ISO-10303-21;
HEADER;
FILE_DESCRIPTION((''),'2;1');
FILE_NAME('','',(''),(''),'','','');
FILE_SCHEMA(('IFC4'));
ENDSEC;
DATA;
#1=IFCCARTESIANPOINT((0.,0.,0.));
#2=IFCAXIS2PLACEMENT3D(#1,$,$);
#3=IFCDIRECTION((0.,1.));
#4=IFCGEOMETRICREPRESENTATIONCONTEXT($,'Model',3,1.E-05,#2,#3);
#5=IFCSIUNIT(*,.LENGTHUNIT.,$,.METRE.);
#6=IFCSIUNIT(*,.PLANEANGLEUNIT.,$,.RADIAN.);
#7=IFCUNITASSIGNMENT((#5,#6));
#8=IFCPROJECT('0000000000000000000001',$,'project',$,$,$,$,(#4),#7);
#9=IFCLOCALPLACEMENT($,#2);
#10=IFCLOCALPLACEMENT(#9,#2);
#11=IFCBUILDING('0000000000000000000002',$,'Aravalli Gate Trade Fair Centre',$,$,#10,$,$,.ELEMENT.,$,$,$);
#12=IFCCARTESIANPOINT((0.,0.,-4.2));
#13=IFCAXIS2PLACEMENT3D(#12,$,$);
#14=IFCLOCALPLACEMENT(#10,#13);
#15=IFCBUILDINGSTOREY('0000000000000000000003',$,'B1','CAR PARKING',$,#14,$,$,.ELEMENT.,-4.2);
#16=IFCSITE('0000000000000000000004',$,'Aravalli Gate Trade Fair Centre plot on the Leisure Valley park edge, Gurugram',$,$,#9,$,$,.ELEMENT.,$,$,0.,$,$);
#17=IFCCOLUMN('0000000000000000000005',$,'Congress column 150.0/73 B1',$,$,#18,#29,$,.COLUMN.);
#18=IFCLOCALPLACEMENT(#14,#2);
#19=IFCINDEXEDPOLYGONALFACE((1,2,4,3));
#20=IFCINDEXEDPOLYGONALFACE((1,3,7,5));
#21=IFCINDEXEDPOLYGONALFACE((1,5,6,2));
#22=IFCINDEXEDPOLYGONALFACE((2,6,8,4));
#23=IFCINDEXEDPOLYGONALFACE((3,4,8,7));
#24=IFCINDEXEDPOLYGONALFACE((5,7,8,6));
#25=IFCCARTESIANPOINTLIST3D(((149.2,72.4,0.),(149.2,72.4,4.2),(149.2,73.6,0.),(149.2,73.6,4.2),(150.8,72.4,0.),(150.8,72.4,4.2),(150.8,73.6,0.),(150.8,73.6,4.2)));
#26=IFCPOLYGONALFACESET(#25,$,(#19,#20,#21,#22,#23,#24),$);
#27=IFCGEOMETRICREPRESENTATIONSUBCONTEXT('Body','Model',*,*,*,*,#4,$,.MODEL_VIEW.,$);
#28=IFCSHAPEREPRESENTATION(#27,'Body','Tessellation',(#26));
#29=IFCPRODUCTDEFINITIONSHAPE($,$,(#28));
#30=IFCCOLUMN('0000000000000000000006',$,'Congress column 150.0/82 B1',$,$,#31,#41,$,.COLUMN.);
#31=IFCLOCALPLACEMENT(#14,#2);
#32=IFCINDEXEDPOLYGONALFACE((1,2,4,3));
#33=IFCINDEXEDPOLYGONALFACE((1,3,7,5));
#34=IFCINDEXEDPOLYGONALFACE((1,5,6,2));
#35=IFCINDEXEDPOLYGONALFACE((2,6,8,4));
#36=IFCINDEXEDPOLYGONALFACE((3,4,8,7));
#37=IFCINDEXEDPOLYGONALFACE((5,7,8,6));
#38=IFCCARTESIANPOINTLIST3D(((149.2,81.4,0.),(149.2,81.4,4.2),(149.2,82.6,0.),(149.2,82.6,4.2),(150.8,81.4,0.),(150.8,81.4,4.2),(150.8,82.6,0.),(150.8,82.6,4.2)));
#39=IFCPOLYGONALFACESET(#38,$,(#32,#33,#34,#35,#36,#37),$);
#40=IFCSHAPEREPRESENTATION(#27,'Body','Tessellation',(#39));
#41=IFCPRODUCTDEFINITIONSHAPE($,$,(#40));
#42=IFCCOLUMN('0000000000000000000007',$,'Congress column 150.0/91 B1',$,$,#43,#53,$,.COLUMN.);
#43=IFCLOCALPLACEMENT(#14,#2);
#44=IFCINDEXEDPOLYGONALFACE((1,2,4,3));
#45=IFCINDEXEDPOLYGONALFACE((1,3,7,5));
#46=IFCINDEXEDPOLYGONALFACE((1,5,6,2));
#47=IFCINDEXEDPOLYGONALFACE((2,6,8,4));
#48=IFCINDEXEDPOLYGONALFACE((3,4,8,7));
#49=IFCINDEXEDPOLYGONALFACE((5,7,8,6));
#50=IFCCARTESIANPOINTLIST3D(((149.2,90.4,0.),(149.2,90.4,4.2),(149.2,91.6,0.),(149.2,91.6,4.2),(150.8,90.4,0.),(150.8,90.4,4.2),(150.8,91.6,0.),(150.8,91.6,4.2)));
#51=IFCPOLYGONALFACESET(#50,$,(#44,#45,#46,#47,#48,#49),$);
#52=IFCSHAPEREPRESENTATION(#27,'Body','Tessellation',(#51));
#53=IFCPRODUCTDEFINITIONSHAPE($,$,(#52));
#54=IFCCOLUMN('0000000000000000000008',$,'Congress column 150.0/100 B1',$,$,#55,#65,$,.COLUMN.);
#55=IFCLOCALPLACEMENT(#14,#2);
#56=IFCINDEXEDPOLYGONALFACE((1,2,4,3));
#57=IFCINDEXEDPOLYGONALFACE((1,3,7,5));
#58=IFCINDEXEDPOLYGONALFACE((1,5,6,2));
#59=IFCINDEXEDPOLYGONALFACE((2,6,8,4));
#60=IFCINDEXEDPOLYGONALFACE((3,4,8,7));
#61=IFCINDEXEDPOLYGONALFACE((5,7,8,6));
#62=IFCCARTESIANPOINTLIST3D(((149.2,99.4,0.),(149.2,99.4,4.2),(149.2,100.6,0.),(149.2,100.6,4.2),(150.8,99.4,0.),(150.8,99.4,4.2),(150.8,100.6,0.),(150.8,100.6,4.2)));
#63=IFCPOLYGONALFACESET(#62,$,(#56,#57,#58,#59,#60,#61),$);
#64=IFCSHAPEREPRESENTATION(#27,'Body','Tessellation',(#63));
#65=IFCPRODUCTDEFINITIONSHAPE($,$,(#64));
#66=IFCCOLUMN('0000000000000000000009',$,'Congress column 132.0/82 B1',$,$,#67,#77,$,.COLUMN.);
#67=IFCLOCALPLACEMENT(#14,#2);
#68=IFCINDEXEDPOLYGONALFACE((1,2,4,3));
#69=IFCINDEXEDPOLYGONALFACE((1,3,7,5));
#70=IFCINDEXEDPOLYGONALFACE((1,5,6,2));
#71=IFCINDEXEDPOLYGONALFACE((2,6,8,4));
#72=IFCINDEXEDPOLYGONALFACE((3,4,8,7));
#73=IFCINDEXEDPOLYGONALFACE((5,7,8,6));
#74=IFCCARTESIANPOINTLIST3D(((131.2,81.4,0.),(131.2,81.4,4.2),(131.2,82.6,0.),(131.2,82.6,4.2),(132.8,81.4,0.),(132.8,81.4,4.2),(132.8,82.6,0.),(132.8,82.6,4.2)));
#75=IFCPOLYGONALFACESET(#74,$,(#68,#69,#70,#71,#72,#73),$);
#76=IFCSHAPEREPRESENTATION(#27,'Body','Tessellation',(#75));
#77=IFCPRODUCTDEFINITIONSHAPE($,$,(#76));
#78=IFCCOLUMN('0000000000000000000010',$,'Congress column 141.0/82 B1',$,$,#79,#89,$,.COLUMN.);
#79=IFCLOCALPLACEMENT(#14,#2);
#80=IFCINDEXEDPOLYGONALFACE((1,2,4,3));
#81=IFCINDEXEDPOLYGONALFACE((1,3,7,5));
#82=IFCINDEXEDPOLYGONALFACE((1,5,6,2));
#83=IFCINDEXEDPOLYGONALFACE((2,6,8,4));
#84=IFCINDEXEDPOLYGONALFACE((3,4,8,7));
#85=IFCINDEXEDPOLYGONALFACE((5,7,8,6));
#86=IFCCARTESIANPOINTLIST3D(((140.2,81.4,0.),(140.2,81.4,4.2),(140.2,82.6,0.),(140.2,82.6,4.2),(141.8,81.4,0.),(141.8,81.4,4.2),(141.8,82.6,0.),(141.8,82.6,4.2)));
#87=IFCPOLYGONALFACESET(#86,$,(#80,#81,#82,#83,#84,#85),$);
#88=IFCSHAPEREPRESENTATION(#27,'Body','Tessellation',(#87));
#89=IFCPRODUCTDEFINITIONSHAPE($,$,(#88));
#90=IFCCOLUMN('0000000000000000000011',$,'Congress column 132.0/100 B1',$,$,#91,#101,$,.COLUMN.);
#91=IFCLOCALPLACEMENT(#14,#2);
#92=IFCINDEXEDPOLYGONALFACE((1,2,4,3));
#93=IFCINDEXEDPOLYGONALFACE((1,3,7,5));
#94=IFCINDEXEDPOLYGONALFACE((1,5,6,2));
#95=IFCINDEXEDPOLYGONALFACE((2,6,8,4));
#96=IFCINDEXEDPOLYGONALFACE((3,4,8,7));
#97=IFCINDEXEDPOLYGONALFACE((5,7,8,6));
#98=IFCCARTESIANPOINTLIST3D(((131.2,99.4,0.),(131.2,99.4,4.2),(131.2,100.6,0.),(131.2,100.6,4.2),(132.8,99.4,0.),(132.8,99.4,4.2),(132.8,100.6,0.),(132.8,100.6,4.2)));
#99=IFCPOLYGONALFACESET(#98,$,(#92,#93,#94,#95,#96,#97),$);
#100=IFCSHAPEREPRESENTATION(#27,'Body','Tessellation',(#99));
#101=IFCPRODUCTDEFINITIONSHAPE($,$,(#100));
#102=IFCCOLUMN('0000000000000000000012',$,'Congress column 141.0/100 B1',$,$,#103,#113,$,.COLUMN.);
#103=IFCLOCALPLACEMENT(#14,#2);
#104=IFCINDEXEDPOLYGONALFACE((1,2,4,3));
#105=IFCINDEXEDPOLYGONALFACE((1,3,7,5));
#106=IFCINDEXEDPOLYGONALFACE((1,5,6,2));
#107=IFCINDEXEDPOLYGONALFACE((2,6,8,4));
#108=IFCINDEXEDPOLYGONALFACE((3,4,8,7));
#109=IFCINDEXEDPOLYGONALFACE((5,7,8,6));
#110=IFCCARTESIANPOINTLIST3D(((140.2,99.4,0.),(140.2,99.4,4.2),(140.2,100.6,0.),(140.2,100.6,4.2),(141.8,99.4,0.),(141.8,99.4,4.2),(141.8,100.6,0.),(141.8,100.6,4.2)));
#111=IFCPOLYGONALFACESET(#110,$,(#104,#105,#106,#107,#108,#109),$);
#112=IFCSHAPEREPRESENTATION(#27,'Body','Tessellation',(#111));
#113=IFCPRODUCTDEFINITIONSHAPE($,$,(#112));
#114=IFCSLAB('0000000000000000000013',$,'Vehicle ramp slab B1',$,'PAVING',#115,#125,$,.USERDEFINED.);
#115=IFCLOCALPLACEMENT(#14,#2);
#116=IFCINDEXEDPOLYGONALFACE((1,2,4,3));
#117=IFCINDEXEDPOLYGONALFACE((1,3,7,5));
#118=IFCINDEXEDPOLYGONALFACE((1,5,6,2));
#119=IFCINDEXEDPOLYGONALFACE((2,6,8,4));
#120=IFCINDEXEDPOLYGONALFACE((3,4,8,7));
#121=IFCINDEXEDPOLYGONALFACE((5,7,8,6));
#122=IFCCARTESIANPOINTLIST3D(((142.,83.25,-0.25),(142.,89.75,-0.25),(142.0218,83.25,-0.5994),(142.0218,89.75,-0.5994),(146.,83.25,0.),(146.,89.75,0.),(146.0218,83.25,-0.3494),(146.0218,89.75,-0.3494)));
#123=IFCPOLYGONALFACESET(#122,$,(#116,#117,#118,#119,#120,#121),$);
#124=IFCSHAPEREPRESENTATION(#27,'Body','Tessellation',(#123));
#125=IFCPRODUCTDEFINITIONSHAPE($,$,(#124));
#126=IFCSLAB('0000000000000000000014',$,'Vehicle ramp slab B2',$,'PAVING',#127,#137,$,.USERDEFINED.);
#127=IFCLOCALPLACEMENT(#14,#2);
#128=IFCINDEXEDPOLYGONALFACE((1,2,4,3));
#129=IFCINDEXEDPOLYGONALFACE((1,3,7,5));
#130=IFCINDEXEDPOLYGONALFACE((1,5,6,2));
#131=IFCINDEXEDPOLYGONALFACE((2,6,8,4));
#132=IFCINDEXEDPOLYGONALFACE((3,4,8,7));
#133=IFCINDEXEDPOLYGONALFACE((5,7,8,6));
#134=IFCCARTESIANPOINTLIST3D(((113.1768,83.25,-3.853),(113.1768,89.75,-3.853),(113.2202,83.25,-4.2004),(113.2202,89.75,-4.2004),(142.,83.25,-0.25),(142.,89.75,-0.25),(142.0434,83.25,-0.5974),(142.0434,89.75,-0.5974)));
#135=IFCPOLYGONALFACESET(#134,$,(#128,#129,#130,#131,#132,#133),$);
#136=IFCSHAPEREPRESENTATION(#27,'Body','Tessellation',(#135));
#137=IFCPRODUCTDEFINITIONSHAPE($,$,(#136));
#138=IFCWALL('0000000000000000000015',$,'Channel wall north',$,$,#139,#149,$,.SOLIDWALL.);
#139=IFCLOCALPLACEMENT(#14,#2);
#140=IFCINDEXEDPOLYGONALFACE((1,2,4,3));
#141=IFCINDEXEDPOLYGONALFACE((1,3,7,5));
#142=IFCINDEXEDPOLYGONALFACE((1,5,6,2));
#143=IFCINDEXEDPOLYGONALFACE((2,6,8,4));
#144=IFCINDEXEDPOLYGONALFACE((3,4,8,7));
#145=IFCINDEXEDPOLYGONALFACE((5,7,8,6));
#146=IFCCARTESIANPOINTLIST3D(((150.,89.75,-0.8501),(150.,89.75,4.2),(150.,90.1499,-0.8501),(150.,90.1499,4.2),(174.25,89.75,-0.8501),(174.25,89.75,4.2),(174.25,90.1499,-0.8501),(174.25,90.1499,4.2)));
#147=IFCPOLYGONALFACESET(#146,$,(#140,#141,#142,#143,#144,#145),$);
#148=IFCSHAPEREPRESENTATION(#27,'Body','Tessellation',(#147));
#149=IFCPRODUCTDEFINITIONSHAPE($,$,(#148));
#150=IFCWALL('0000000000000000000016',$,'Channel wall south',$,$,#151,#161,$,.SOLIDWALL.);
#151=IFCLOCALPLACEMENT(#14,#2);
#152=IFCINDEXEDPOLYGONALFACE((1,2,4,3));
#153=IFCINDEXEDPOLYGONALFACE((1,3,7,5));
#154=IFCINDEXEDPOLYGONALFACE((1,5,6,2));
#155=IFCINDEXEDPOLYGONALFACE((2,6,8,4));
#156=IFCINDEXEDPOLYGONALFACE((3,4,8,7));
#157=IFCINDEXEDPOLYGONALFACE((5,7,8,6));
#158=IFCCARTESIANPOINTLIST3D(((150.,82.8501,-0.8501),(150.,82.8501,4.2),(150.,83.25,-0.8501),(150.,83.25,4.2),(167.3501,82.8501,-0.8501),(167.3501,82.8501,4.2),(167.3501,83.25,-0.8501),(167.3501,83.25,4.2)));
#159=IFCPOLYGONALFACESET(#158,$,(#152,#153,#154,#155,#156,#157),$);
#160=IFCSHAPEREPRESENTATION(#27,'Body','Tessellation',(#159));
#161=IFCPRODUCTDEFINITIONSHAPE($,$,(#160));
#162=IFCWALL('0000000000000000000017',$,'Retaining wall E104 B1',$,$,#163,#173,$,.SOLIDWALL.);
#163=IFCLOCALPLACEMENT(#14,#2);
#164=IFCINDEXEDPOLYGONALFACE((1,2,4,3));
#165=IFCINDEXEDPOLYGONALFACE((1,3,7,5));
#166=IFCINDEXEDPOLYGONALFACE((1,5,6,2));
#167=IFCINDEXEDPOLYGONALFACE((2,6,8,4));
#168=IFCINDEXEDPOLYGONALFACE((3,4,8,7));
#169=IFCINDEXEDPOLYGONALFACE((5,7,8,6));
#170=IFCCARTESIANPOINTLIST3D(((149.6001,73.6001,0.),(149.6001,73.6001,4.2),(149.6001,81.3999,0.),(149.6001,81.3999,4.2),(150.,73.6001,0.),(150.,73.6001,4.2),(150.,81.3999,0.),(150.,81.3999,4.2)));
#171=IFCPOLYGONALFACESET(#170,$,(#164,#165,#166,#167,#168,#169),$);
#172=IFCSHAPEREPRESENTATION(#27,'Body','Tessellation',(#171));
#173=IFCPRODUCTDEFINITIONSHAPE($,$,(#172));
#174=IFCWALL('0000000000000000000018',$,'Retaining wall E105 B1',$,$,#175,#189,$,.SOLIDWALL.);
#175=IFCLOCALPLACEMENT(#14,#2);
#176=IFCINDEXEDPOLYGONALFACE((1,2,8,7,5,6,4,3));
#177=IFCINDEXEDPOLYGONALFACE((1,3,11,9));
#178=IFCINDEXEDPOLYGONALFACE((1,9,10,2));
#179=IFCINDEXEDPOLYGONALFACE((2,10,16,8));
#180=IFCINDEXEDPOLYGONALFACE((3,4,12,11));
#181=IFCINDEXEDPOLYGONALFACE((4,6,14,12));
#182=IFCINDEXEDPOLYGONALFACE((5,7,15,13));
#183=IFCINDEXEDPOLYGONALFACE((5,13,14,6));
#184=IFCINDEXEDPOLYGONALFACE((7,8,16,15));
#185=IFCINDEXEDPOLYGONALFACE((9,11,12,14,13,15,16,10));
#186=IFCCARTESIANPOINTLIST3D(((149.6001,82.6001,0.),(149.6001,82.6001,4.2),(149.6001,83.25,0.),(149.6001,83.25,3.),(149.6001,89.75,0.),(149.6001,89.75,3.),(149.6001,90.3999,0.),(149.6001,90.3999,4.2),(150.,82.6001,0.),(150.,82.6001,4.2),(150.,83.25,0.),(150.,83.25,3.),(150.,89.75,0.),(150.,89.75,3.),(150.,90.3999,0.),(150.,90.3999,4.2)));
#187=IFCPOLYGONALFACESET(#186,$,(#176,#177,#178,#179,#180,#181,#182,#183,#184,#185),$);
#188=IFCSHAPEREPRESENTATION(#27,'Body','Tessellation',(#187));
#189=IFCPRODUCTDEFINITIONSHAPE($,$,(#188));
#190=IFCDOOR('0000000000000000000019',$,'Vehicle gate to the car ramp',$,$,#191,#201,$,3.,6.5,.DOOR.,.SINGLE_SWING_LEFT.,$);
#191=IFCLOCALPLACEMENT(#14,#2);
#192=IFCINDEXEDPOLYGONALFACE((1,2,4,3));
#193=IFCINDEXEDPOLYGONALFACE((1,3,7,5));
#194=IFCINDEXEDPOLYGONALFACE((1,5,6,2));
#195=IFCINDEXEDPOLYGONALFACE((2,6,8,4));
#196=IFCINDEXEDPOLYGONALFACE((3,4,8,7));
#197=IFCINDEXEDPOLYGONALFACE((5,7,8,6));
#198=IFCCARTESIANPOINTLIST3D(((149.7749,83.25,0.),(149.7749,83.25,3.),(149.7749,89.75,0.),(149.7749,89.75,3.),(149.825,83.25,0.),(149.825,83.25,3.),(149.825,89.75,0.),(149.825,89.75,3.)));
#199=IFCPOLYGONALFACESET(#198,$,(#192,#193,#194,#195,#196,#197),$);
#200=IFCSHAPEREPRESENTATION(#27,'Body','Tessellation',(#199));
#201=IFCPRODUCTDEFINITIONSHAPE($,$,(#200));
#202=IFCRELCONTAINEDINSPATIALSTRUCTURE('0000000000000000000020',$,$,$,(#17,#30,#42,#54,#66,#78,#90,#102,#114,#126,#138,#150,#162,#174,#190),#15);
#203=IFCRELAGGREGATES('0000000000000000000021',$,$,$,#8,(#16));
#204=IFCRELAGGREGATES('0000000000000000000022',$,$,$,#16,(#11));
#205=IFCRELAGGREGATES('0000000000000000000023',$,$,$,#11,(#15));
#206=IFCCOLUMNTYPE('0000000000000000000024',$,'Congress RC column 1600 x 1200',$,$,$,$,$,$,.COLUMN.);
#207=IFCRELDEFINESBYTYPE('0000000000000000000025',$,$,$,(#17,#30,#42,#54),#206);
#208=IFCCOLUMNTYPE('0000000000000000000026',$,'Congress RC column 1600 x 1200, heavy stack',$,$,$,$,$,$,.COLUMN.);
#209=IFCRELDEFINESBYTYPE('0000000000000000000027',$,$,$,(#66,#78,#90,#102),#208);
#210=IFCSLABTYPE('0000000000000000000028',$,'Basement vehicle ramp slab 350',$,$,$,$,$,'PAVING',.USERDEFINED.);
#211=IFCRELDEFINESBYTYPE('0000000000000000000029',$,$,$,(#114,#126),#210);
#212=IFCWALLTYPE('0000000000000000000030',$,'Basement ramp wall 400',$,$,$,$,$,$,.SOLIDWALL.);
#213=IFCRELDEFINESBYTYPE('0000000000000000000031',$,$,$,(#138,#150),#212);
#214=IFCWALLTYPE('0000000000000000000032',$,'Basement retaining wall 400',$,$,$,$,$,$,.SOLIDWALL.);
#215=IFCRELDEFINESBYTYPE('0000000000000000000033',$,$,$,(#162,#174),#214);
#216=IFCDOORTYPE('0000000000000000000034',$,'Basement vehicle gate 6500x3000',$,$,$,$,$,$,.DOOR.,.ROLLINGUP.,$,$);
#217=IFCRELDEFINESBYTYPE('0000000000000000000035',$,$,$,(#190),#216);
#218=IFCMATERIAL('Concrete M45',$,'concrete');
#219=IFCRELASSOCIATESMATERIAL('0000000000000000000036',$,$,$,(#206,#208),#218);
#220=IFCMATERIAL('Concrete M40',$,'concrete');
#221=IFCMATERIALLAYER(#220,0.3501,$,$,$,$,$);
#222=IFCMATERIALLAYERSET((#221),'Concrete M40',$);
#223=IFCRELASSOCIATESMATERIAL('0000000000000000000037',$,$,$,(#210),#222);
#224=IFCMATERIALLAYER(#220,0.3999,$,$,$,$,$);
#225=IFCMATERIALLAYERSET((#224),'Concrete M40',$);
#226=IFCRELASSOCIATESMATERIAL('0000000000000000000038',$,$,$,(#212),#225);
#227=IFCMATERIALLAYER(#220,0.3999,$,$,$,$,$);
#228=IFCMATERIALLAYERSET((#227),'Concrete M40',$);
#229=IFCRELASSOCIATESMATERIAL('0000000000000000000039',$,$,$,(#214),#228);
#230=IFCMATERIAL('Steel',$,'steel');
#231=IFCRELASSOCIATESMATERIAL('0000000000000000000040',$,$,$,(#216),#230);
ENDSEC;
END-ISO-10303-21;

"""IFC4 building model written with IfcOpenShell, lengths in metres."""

from ifc_helpers import new_model, si_unit, direction, frame, frame_2d, origin, origin_2d, place, context, subcontext, project, spatial, polyline, rectangle, outline, extrude, material, layer, layer_set, material_profile, profile_set, type_object, element, fill, save


model = new_model("IFC4")

# Units and contexts
model_context = context("Model", 3, precision=1e-05, world=origin(), true_north=direction((0.0, 1.0)))
body_context = subcontext(model_context, "Body", "Model", "MODEL_VIEW")
ifc_project = project(units=[si_unit("LENGTHUNIT", "METRE"), si_unit("PLANEANGLEUNIT", "RADIAN")], contexts=[model_context])

# Site, building, storey
site_placement = place(None, origin())
site = spatial("IfcSite", under=ifc_project, at=site_placement, Name="Aravalli Gate Trade Fair Centre plot on the Leisure Valley park edge, Gurugram", CompositionType="ELEMENT", RefElevation=0.0)
building_placement = place(site_placement, origin())
building = spatial("IfcBuilding", under=site, at=building_placement, Name="Aravalli Gate Trade Fair Centre", CompositionType="ELEMENT")
storey_placement = place(building_placement, frame((0.0, 0.0, -4.2)))
storey = spatial("IfcBuildingStorey", under=building, at=storey_placement, Name="B1", Description="CAR PARKING", CompositionType="ELEMENT", Elevation=-4.2)

# Columns
ifc_material_1 = material(Name="Concrete M45", Category="concrete")
ifc_material_profile_1 = material_profile(ifc_material_1, rectangle(XDim=1.6001, YDim=1.2, at=origin_2d()), Name="RC 1600x1200")
ifc_profile_set_1 = profile_set([ifc_material_profile_1], Name="Concrete M45")
column_type_1 = type_object("IfcColumnType", Name="Congress RC column 1600 x 1200", PredefinedType="COLUMN", material=ifc_profile_set_1)
for number, where, z_axis, x_axis, name in (
    (1, (150.0, 73.0, 0.0), (0.0, 0.0, 1.0), (1.0, 0.0, 0.0), "Congress column 150.0/73 B1"),
    (2, (150.0, 82.0, 0.0), (0.0, 0.0, 1.0), (1.0, 0.0, 0.0), "Congress column 150.0/82 B1"),
    (3, (150.0, 91.0, 0.0), (0.0, 0.0, 1.0), (1.0, 0.0, 0.0), "Congress column 150.0/91 B1"),
    (4, (150.0, 100.0, 0.0), (0.0, 0.0, 1.0), (1.0, 0.0, 0.0), "Congress column 150.0/100 B1"),
):
    element("IfcColumn", number, at=place(storey_placement, frame(where, z_axis=z_axis, x_axis=x_axis)), inside=storey, type_object=column_type_1, Name=name, PredefinedType="COLUMN", context=body_context, shape_type="SweptSolid", body=[
        extrude(rectangle(XDim=1.6001, YDim=1.2, at=origin_2d()), origin(), (0.0, 0.0, 1.0), 4.2),
    ])
ifc_material_profile_2 = material_profile(ifc_material_1, rectangle(XDim=1.6001, YDim=1.2, at=origin_2d()), Name="RC 1600x1200")
ifc_profile_set_2 = profile_set([ifc_material_profile_2], Name="Concrete M45")
column_type_2 = type_object("IfcColumnType", Name="Congress RC column 1600 x 1200, heavy stack", PredefinedType="COLUMN", material=ifc_profile_set_2)
for number, where, z_axis, x_axis, name in (
    (5, (132.0, 82.0, 0.0), (0.0, 0.0, 1.0), (1.0, 0.0, 0.0), "Congress column 132.0/82 B1"),
    (6, (141.0, 82.0, 0.0), (0.0, 0.0, 1.0), (1.0, 0.0, 0.0), "Congress column 141.0/82 B1"),
    (7, (132.0, 100.0, 0.0), (0.0, 0.0, 1.0), (1.0, 0.0, 0.0), "Congress column 132.0/100 B1"),
    (8, (141.0, 100.0, 0.0), (0.0, 0.0, 1.0), (1.0, 0.0, 0.0), "Congress column 141.0/100 B1"),
):
    element("IfcColumn", number, at=place(storey_placement, frame(where, z_axis=z_axis, x_axis=x_axis)), inside=storey, type_object=column_type_2, Name=name, PredefinedType="COLUMN", context=body_context, shape_type="SweptSolid", body=[
        extrude(rectangle(XDim=1.6001, YDim=1.2, at=origin_2d()), origin(), (0.0, 0.0, 1.0), 4.2),
    ])

# Slabs
ifc_material_2 = material(Name="Concrete M40", Category="concrete")
ifc_layer_1 = layer(ifc_material_2, 0.3501)
ifc_layer_set_1 = layer_set([ifc_layer_1], Name="Concrete M40")
slab_type = type_object("IfcSlabType", Name="Basement vehicle ramp slab 350", ElementType="PAVING", PredefinedType="USERDEFINED", material=ifc_layer_set_1)
slab_1_placement = place(storey_placement, frame((146.0, 83.25, 0.0), z_axis=(-0.062378, 0.0, 0.998053), x_axis=(0.0, 1.0, 0.0)))
element("IfcSlab", 9, at=slab_1_placement, inside=storey, type_object=slab_type, Name="Vehicle ramp slab B1", ObjectType="PAVING", PredefinedType="USERDEFINED", context=body_context, shape_type="SweptSolid", body=[
    extrude(outline(polyline([(0.0, 0.0), (6.5, 0.0), (6.5, 4.0078), (0.0, 4.0078), (0.0, 0.0)])), origin(), (0.0, 0.0, -1.0), 0.3501),
])
slab_2_placement = place(storey_placement, frame((142.0, 83.25, -0.25), z_axis=(-0.124039, 0.0, 0.992277), x_axis=(0.0, 1.0, 0.0)))
element("IfcSlab", 10, at=slab_2_placement, inside=storey, type_object=slab_type, Name="Vehicle ramp slab B2", ObjectType="PAVING", PredefinedType="USERDEFINED", context=body_context, shape_type="SweptSolid", body=[
    extrude(outline(polyline([(0.0, 0.0), (6.5, 0.0), (6.5, 29.0476), (0.0, 29.0476), (0.0, 0.0)])), origin(), (0.0, 0.0, -1.0), 0.3501),
])

# Walls
ifc_layer_2 = layer(ifc_material_2, 0.3999)
ifc_layer_set_2 = layer_set([ifc_layer_2], Name="Concrete M40")
wall_type_1 = type_object("IfcWallType", Name="Basement ramp wall 400", PredefinedType="SOLIDWALL", material=ifc_layer_set_2)
wall_1_placement = place(storey_placement, frame((150.0, 89.95, -0.8501), z_axis=(0.0, 0.0, 1.0), x_axis=(1.0, 0.0, 0.0)))
element("IfcWall", 11, at=wall_1_placement, inside=storey, type_object=wall_type_1, Name="Channel wall north", PredefinedType="SOLIDWALL", context=body_context, shape_type="SweptSolid", body=[
    extrude(rectangle(XDim=24.25, YDim=0.3999, at=frame_2d((12.125, 0.0))), origin(), (0.0, 0.0, 1.0), 5.05),
])
wall_2_placement = place(storey_placement, frame((150.0, 83.05, -0.8501), z_axis=(0.0, 0.0, 1.0), x_axis=(1.0, 0.0, 0.0)))
element("IfcWall", 12, at=wall_2_placement, inside=storey, type_object=wall_type_1, Name="Channel wall south", PredefinedType="SOLIDWALL", context=body_context, shape_type="SweptSolid", body=[
    extrude(rectangle(XDim=17.3501, YDim=0.3999, at=frame_2d((8.675, 0.0))), origin(), (0.0, 0.0, 1.0), 5.05),
])
ifc_layer_3 = layer(ifc_material_2, 0.3999)
ifc_layer_set_3 = layer_set([ifc_layer_3], Name="Concrete M40")
wall_type_2 = type_object("IfcWallType", Name="Basement retaining wall 400", PredefinedType="SOLIDWALL", material=ifc_layer_set_3)
wall_3_placement = place(storey_placement, frame((149.8, 73.6001, 0.0), z_axis=(0.0, 0.0, 1.0), x_axis=(0.0, 1.0, 0.0)))
element("IfcWall", 13, at=wall_3_placement, inside=storey, type_object=wall_type_2, Name="Retaining wall E104 B1", PredefinedType="SOLIDWALL", context=body_context, shape_type="SweptSolid", body=[
    extrude(rectangle(XDim=7.7998, YDim=0.3999, at=frame_2d((3.8999, 0.0))), origin(), (0.0, 0.0, 1.0), 4.2),
])

# Wall, opening, door
wall_4_placement = place(storey_placement, frame((149.8, 82.6001, 0.0), z_axis=(0.0, 0.0, 1.0), x_axis=(0.0, 1.0, 0.0)))
wall_4 = element("IfcWall", 14, at=wall_4_placement, inside=storey, type_object=wall_type_2, Name="Retaining wall E105 B1", PredefinedType="SOLIDWALL", context=body_context, shape_type="SweptSolid", body=[
    extrude(rectangle(XDim=7.7998, YDim=0.3999, at=frame_2d((3.8999, 0.0))), origin(), (0.0, 0.0, 1.0), 4.2),
])
opening_placement = place(wall_4_placement, frame((0.6499, 0.0, 0.0)))
opening = element("IfcOpeningElement", 15, at=opening_placement, cuts=wall_4, PredefinedType="OPENING", context=body_context, shape_type="SweptSolid", body=[
    extrude(rectangle(XDim=6.5, YDim=3.0, at=frame_2d((3.25, 1.5))), frame((0.0, 0.21, 0.0), z_axis=(0.0, -1.0, 0.0), x_axis=(1.0, 0.0, 0.0)), (0.0, 0.0, 1.0), 0.4199),
])
ifc_material_3 = material(Name="Steel", Category="steel")
door_type = type_object("IfcDoorType", Name="Basement vehicle gate 6500x3000", OperationType="ROLLINGUP", PredefinedType="DOOR", material=ifc_material_3)
door_placement = place(opening_placement, frame((6.5, 0.0, 0.0), z_axis=(0.0, 0.0, 1.0), x_axis=(-1.0, 0.0, 0.0)))
door = element("IfcDoor", 16, at=door_placement, inside=storey, type_object=door_type, Name="Vehicle gate to the car ramp", OperationType="SINGLE_SWING_LEFT", OverallHeight=3.0, OverallWidth=6.5, PredefinedType="DOOR", context=body_context, shape_type="SweptSolid", body=[
    extrude(rectangle(XDim=6.5, YDim=3.0, at=frame_2d((3.25, 1.5))), frame((0.0, 0.0249, 0.0), z_axis=(0.0, -1.0, 0.0), x_axis=(1.0, 0.0, 0.0)), (0.0, 0.0, 1.0), 0.05),
])
fill(opening, door)

save(model, "model.ifc")
